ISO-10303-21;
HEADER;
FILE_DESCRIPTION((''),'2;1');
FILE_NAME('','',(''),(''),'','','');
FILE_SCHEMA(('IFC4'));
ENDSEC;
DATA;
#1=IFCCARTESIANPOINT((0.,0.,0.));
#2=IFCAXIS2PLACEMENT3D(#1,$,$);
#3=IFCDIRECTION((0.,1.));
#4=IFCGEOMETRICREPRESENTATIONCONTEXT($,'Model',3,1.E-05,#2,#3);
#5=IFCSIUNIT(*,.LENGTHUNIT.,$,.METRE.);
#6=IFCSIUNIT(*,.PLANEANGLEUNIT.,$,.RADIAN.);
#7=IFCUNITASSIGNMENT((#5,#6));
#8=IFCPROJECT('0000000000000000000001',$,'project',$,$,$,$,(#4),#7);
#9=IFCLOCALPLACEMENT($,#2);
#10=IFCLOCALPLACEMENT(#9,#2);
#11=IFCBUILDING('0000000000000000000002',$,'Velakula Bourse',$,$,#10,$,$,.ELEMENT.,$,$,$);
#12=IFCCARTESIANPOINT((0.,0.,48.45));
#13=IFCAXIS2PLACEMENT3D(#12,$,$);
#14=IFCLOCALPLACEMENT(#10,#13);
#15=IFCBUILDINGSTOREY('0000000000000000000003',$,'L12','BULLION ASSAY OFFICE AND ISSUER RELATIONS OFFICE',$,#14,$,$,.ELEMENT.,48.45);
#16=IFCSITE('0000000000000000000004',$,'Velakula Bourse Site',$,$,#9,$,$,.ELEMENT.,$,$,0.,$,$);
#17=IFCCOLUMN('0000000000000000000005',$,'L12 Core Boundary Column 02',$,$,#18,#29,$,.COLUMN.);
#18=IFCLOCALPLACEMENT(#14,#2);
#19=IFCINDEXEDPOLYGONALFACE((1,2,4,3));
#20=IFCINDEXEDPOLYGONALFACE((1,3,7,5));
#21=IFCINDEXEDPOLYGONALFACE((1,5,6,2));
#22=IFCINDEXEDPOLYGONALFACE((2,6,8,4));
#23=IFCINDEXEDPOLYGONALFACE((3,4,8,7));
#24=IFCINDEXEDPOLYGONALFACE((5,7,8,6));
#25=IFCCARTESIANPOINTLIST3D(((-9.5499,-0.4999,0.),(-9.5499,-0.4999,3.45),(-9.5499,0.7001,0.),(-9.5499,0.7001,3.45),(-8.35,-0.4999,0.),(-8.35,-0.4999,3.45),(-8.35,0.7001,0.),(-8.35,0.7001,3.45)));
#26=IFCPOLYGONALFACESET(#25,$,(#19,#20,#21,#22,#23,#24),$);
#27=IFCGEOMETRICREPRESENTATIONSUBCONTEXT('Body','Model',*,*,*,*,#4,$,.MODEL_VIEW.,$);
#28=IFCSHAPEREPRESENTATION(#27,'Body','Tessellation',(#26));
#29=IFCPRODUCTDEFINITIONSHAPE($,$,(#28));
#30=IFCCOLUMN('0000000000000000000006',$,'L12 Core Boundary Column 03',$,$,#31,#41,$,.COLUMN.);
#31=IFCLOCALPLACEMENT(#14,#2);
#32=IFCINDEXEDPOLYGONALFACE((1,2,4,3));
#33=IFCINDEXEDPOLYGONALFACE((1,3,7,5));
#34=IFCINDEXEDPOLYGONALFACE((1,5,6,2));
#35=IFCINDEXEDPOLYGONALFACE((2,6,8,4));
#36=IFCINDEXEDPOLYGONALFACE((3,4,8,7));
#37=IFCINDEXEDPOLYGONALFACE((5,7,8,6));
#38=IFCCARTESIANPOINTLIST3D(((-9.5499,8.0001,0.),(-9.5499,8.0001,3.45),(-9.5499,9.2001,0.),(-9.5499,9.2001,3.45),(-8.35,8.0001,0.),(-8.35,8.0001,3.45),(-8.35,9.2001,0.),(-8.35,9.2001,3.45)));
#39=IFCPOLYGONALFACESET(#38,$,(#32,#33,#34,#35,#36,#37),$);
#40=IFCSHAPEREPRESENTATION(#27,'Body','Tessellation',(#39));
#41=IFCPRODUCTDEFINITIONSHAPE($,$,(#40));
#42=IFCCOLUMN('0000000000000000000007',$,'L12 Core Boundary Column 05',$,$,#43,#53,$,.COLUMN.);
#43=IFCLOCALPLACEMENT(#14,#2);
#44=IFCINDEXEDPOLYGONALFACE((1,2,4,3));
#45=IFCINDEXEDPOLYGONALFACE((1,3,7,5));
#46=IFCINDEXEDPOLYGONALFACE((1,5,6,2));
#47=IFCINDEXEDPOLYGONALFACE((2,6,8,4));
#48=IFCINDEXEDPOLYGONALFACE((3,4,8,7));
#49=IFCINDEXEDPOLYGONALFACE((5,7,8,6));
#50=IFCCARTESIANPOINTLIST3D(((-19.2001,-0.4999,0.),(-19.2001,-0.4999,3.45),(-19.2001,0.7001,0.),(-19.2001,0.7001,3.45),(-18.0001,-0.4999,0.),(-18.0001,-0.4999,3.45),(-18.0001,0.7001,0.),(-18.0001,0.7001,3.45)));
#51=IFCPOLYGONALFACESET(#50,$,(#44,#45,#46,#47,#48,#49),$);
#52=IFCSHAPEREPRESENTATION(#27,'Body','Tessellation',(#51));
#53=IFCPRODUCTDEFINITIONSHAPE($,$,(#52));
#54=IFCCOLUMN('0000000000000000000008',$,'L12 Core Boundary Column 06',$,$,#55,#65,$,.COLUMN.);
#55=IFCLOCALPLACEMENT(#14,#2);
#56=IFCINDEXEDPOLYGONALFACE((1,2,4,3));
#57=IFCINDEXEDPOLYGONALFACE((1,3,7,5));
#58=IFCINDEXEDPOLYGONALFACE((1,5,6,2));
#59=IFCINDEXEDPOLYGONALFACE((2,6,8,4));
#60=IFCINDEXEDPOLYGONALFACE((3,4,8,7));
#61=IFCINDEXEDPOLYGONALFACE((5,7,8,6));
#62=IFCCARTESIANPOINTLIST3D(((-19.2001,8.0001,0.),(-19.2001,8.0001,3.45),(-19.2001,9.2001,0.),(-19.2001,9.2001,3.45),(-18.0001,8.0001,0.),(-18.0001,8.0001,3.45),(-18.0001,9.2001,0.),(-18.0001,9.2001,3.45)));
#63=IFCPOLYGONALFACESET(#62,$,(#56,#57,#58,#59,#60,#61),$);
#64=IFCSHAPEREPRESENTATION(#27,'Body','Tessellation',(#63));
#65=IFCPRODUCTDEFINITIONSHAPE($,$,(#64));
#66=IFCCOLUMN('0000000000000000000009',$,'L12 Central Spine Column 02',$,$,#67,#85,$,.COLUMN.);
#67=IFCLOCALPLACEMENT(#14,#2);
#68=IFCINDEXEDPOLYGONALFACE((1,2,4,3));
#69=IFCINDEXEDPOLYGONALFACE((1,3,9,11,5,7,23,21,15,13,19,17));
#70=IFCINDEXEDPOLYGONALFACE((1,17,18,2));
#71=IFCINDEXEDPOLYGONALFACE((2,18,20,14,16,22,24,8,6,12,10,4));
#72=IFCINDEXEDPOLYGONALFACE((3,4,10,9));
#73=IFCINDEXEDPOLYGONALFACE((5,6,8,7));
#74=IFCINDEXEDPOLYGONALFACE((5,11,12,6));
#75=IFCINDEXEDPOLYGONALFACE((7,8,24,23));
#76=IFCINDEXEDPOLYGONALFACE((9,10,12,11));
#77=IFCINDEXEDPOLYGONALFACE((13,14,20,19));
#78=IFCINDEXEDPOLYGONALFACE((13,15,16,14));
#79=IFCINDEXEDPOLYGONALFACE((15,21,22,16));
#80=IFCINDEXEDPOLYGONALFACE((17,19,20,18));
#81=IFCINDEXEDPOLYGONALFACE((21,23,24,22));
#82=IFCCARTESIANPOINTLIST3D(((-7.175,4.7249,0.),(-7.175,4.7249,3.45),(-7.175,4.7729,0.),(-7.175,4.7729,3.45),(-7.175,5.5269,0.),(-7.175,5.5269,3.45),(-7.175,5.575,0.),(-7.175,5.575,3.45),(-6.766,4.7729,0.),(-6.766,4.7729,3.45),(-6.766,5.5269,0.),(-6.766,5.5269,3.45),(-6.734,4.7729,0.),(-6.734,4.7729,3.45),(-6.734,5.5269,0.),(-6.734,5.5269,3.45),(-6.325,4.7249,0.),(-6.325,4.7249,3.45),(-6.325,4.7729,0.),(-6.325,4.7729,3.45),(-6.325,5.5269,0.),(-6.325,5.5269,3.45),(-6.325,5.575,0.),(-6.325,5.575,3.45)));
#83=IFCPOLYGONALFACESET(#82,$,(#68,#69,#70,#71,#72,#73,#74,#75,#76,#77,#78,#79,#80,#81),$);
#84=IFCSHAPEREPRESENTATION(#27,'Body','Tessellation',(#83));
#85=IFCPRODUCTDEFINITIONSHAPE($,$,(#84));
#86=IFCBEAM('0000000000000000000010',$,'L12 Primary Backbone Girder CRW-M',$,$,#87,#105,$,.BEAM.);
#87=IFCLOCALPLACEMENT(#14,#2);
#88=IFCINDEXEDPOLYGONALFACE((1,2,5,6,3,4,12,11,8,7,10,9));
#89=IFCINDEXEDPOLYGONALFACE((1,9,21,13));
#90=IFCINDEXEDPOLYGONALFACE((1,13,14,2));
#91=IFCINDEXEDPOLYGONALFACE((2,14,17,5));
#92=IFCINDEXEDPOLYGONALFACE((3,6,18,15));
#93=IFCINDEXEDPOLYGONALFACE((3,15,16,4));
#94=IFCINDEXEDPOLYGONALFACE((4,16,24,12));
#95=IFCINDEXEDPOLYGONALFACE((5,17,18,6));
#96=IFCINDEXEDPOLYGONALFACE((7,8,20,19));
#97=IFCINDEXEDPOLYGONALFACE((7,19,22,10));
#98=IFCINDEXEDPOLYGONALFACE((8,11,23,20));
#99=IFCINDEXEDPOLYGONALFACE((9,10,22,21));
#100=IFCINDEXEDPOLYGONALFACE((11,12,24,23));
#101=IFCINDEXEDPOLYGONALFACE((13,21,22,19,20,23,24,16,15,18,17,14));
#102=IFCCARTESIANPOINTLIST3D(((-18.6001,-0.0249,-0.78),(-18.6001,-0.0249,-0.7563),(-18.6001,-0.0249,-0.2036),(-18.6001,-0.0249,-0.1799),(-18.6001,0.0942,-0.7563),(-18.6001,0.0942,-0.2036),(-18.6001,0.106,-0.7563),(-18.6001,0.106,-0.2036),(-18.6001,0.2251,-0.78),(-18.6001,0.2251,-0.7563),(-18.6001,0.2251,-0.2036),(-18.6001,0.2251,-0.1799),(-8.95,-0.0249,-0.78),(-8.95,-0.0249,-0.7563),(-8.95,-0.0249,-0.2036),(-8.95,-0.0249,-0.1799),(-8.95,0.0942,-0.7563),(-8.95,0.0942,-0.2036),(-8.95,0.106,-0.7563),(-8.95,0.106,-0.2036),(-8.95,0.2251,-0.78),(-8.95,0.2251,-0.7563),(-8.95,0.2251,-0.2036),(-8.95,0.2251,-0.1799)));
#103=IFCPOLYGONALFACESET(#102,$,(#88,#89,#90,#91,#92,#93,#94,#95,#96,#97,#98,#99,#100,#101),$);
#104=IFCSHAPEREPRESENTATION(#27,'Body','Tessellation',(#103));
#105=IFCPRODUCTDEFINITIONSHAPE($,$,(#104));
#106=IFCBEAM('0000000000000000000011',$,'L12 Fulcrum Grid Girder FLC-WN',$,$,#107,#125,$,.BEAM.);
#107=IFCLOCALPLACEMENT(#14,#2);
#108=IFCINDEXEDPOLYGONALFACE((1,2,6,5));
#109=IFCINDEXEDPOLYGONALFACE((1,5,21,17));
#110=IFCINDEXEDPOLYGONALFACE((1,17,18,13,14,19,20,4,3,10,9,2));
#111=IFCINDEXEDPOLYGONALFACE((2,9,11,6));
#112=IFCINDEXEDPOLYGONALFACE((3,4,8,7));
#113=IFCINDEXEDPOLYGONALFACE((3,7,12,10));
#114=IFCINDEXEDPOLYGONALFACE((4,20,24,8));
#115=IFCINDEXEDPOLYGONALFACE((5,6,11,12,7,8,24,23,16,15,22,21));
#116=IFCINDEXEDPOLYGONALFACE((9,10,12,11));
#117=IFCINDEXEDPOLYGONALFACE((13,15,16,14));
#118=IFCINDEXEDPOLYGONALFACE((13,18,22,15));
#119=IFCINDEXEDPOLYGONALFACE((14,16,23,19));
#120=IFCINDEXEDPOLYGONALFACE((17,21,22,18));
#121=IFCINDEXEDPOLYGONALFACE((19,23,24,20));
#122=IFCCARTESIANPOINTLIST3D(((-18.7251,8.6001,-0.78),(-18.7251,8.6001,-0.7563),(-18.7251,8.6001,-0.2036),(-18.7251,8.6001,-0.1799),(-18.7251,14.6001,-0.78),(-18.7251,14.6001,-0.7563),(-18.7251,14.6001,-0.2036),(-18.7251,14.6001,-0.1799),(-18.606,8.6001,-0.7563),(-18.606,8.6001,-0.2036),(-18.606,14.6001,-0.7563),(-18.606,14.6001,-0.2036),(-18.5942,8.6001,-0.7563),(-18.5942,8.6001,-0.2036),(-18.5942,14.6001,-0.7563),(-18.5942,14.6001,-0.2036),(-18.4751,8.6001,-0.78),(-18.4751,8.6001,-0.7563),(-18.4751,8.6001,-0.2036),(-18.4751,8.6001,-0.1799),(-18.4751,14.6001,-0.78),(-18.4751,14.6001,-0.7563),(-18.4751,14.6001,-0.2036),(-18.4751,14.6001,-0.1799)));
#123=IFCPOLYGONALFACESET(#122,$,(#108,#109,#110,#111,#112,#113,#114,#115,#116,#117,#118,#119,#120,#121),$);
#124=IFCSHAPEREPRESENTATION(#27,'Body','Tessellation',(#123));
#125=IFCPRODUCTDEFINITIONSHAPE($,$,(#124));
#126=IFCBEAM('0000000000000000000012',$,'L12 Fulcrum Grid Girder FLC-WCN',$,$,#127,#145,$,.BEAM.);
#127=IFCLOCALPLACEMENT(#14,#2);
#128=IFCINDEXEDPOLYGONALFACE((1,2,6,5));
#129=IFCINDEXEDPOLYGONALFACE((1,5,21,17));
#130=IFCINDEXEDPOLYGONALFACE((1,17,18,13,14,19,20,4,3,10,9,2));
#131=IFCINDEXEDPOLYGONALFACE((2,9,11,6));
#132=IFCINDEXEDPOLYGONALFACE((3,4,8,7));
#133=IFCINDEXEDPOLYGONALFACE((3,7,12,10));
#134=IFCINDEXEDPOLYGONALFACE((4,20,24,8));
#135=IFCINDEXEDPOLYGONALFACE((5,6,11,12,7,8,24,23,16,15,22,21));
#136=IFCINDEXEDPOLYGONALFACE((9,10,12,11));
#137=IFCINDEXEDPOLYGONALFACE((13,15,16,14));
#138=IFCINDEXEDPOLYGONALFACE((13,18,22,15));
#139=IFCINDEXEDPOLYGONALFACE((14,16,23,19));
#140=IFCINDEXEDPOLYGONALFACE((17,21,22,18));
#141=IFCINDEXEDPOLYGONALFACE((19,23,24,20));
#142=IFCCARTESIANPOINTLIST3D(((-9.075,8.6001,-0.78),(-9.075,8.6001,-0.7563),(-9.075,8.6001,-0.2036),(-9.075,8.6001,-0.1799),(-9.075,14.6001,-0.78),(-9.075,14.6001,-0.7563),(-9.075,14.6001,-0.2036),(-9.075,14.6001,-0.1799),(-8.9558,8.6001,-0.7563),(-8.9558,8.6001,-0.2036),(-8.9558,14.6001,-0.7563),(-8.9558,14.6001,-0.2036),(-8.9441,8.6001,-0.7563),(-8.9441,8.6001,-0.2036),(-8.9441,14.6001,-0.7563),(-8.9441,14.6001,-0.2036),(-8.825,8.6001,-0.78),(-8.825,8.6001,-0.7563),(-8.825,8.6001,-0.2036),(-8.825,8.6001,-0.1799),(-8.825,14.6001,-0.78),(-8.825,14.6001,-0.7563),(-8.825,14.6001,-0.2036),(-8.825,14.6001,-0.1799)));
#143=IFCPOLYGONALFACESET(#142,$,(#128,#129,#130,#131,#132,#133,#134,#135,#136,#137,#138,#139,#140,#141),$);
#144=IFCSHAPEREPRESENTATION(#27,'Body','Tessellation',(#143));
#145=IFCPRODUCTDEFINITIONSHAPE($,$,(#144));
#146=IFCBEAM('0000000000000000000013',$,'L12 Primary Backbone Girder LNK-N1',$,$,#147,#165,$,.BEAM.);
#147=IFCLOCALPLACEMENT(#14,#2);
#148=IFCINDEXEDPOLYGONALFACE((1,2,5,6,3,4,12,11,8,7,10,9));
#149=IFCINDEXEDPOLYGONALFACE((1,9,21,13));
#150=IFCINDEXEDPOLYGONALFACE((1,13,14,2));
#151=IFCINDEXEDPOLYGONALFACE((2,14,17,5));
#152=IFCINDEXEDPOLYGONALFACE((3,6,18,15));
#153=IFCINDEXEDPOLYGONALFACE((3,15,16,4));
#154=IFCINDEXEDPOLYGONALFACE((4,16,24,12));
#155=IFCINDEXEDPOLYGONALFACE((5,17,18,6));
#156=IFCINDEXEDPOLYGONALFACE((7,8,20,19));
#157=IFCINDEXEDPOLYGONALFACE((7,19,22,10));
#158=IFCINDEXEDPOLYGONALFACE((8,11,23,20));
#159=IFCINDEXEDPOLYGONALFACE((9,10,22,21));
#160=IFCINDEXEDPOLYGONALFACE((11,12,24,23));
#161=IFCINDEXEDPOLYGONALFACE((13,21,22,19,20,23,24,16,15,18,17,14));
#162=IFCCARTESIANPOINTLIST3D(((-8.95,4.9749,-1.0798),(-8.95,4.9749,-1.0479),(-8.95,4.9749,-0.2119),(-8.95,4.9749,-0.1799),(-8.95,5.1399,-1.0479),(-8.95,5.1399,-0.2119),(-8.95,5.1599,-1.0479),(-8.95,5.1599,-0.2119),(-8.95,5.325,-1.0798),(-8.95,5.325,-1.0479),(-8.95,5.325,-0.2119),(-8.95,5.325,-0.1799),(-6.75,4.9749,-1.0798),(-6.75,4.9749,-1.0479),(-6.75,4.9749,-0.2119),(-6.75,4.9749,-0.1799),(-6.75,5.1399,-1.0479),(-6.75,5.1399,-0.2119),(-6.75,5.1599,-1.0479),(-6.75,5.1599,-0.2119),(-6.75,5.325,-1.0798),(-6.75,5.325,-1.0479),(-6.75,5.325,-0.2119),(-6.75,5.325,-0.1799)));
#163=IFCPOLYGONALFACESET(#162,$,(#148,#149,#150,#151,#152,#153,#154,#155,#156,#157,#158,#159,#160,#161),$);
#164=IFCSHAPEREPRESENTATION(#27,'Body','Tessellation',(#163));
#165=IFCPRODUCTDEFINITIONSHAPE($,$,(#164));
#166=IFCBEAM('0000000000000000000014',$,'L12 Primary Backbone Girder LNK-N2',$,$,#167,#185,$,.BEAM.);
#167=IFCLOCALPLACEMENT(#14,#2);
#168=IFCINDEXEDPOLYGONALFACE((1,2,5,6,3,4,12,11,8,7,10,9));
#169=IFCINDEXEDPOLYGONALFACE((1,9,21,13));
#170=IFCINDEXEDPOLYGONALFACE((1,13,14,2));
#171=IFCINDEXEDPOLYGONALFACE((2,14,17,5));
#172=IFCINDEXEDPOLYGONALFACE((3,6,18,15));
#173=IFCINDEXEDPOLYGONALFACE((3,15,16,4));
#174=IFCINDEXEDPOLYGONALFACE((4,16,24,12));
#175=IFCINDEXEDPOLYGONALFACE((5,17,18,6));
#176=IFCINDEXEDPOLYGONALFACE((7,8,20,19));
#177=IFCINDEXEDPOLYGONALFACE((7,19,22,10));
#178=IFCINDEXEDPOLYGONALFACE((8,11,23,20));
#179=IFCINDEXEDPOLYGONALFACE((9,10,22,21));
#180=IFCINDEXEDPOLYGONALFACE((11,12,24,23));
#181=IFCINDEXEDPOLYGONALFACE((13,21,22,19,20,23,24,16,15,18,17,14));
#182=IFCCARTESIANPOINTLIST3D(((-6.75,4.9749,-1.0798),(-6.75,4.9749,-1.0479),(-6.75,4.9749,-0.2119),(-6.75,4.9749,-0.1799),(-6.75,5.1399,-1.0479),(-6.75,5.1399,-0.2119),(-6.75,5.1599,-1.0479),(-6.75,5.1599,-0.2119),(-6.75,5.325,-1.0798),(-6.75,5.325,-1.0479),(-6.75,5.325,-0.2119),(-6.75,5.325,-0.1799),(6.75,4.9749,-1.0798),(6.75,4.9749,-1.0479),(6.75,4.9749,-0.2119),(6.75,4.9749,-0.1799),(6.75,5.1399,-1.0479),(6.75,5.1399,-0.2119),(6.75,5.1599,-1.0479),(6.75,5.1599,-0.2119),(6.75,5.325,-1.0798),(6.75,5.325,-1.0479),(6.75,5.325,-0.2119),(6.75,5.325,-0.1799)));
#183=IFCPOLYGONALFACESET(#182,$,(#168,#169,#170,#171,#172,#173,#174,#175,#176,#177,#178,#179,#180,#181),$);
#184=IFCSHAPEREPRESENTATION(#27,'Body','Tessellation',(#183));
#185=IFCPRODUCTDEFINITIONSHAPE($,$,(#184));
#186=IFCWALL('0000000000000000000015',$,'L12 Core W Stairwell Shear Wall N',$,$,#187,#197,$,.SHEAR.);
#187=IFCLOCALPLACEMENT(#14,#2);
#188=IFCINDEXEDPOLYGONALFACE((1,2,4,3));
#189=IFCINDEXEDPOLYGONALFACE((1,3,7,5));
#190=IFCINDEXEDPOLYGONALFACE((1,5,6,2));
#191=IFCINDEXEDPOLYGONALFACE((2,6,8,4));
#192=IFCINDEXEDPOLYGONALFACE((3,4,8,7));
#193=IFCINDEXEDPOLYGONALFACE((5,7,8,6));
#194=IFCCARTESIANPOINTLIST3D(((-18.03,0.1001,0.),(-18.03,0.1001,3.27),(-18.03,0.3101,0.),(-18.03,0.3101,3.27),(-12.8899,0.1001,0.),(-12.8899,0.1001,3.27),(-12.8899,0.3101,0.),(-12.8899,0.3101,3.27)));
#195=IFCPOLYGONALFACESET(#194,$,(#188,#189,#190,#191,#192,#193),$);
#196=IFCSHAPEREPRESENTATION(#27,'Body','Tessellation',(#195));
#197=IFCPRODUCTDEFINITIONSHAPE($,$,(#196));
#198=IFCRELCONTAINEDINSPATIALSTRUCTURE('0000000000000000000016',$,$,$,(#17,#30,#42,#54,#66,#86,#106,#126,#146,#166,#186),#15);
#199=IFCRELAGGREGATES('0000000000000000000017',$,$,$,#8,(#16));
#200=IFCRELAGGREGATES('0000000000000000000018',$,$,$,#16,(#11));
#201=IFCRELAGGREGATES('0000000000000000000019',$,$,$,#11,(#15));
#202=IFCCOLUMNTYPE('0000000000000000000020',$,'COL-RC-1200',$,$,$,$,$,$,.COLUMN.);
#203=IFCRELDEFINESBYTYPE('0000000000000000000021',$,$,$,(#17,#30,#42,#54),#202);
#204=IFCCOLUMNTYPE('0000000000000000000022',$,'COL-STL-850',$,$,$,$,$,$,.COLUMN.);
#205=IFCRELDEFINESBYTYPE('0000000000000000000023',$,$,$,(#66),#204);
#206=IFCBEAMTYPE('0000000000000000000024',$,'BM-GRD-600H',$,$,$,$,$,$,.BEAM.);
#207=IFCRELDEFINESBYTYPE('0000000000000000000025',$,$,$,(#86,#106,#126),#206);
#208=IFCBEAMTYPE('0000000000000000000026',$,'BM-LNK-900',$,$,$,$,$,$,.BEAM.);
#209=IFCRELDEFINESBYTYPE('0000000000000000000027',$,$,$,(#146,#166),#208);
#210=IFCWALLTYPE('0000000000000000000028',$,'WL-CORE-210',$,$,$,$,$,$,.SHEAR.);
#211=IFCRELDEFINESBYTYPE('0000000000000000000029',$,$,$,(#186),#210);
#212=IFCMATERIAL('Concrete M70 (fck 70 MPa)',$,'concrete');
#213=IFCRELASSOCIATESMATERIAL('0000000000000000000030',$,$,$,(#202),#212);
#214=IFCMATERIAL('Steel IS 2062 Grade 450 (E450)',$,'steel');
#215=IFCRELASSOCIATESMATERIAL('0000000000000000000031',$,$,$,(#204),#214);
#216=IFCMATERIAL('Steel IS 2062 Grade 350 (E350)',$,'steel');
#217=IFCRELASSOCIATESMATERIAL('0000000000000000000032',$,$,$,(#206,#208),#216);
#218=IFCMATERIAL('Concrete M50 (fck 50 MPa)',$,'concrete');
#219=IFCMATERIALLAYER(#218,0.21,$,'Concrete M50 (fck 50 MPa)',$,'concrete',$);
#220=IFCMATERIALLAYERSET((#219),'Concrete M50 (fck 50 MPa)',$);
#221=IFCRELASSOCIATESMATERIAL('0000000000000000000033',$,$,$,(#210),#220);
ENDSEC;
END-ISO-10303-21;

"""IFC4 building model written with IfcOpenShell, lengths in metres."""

from ifc_helpers import new_model, si_unit, direction, frame, frame_2d, origin, origin_2d, place, context, subcontext, project, spatial, rectangle, i_section, extrude, material, layer, layer_set, material_profile, profile_set, type_object, element, save


model = new_model("IFC4")

# Units and contexts
model_context = context("Model", 3, precision=1e-05, world=origin(), true_north=direction((0.0, 1.0)))
body_context = subcontext(model_context, "Body", "Model", "MODEL_VIEW")
ifc_project = project(units=[si_unit("LENGTHUNIT", "METRE"), si_unit("PLANEANGLEUNIT", "RADIAN")], contexts=[model_context])

# Site, building, storey
site_placement = place(None, origin())
site = spatial("IfcSite", under=ifc_project, at=site_placement, Name="Velakula Bourse Site", CompositionType="ELEMENT", RefElevation=0.0)
building_placement = place(site_placement, origin())
building = spatial("IfcBuilding", under=site, at=building_placement, Name="Velakula Bourse", CompositionType="ELEMENT")
storey_placement = place(building_placement, frame((0.0, 0.0, 48.45)))
storey = spatial("IfcBuildingStorey", under=building, at=storey_placement, Name="L12", Description="BULLION ASSAY OFFICE AND ISSUER RELATIONS OFFICE", CompositionType="ELEMENT", Elevation=48.45)

# Columns
ifc_material_1 = material(Name="Concrete M70 (fck 70 MPa)", Category="concrete")
ifc_material_profile_1 = material_profile(ifc_material_1, rectangle(XDim=1.2, YDim=1.2, at=origin_2d()), Name="Concrete M70 (fck 70 MPa)")
ifc_profile_set_1 = profile_set([ifc_material_profile_1], Name="Concrete M70 (fck 70 MPa)")
column_type_1 = type_object("IfcColumnType", Name="COL-RC-1200", PredefinedType="COLUMN", material=ifc_profile_set_1)
for number, where, z_axis, x_axis, name in (
    (1, (-8.95, 0.1001, 0.0), (0.0, 0.0, 1.0), (1.0, 0.0, 0.0), "L12 Core Boundary Column 02"),
    (2, (-8.95, 8.6001, 0.0), (0.0, 0.0, 1.0), (1.0, 0.0, 0.0), "L12 Core Boundary Column 03"),
    (3, (-18.6001, 0.1001, 0.0), (0.0, 0.0, 1.0), (1.0, 0.0, 0.0), "L12 Core Boundary Column 05"),
    (4, (-18.6001, 8.6001, 0.0), (0.0, 0.0, 1.0), (1.0, 0.0, 0.0), "L12 Core Boundary Column 06"),
):
    element("IfcColumn", number, at=place(storey_placement, frame(where, z_axis=z_axis, x_axis=x_axis)), inside=storey, type_object=column_type_1, Name=name, PredefinedType="COLUMN", context=body_context, shape_type="SweptSolid", body=[
        extrude(rectangle(XDim=1.2, YDim=1.2, at=origin_2d()), origin(), (0.0, 0.0, 1.0), 3.45),
    ])
ifc_material_2 = material(Name="Steel IS 2062 Grade 450 (E450)", Category="steel")
ifc_material_profile_2 = material_profile(ifc_material_2, i_section(OverallWidth=0.8501, OverallDepth=0.8501, WebThickness=0.032, FlangeThickness=0.0481, at=origin_2d()), Name="Steel IS 2062 Grade 450 (E450)")
ifc_profile_set_2 = profile_set([ifc_material_profile_2], Name="Steel IS 2062 Grade 450 (E450)")
column_type_2 = type_object("IfcColumnType", Name="COL-STL-850", PredefinedType="COLUMN", material=ifc_profile_set_2)
column_placement = place(storey_placement, frame((-6.75, 5.1499, 0.0), z_axis=(0.0, 0.0, 1.0), x_axis=(1.0, 0.0, 0.0)))
element("IfcColumn", 5, at=column_placement, inside=storey, type_object=column_type_2, Name="L12 Central Spine Column 02", PredefinedType="COLUMN", context=body_context, shape_type="SweptSolid", body=[
    extrude(i_section(OverallWidth=0.8501, OverallDepth=0.8501, WebThickness=0.032, FlangeThickness=0.0481, at=origin_2d()), origin(), (0.0, 0.0, 1.0), 3.45),
])

# Beams
ifc_material_3 = material(Name="Steel IS 2062 Grade 350 (E350)", Category="steel")
ifc_material_profile_3 = material_profile(ifc_material_3, i_section(OverallWidth=0.25, OverallDepth=0.6001, WebThickness=0.0117, FlangeThickness=0.0237, at=origin_2d()), Name="Steel IS 2062 Grade 350 (E350)")
ifc_profile_set_3 = profile_set([ifc_material_profile_3], Name="Steel IS 2062 Grade 350 (E350)")
beam_type_1 = type_object("IfcBeamType", Name="BM-GRD-600H", PredefinedType="BEAM", material=ifc_profile_set_3)
beam_1_placement = place(storey_placement, frame((-18.6001, 0.1001, -0.48), z_axis=(1.0, 0.0, 0.0), x_axis=(0.0, 1.0, 0.0)))
element("IfcBeam", 6, at=beam_1_placement, inside=storey, type_object=beam_type_1, Name="L12 Primary Backbone Girder CRW-M", PredefinedType="BEAM", context=body_context, shape_type="SweptSolid", body=[
    extrude(i_section(OverallWidth=0.25, OverallDepth=0.6001, WebThickness=0.0117, FlangeThickness=0.0237, at=origin_2d()), origin(), (0.0, 0.0, 1.0), 9.6501),
])
for number, where, z_axis, x_axis, name in (
    (7, (-18.6001, 8.6001, -0.48), (0.0, 1.0, 0.0), (-1.0, 0.0, 0.0), "L12 Fulcrum Grid Girder FLC-WN"),
    (8, (-8.95, 8.6001, -0.48), (0.0, 1.0, 0.0), (-1.0, 0.0, 0.0), "L12 Fulcrum Grid Girder FLC-WCN"),
):
    element("IfcBeam", number, at=place(storey_placement, frame(where, z_axis=z_axis, x_axis=x_axis)), inside=storey, type_object=beam_type_1, Name=name, PredefinedType="BEAM", context=body_context, shape_type="SweptSolid", body=[
        extrude(i_section(OverallWidth=0.25, OverallDepth=0.6001, WebThickness=0.0117, FlangeThickness=0.0237, at=origin_2d()), origin(), (0.0, 0.0, 1.0), 6.0),
    ])
ifc_material_profile_4 = material_profile(ifc_material_3, i_section(OverallWidth=0.3501, OverallDepth=0.8999, WebThickness=0.02, FlangeThickness=0.032, at=origin_2d()), Name="Steel IS 2062 Grade 350 (E350)")
ifc_profile_set_4 = profile_set([ifc_material_profile_4], Name="Steel IS 2062 Grade 350 (E350)")
beam_type_2 = type_object("IfcBeamType", Name="BM-LNK-900", PredefinedType="BEAM", material=ifc_profile_set_4)
beam_2_placement = place(storey_placement, frame((-8.95, 5.1499, -0.6299), z_axis=(1.0, 0.0, 0.0), x_axis=(0.0, 1.0, 0.0)))
element("IfcBeam", 9, at=beam_2_placement, inside=storey, type_object=beam_type_2, Name="L12 Primary Backbone Girder LNK-N1", PredefinedType="BEAM", context=body_context, shape_type="SweptSolid", body=[
    extrude(i_section(OverallWidth=0.3501, OverallDepth=0.8999, WebThickness=0.02, FlangeThickness=0.032, at=origin_2d()), origin(), (0.0, 0.0, 1.0), 2.2),
])
beam_3_placement = place(storey_placement, frame((-6.75, 5.1499, -0.6299), z_axis=(1.0, 0.0, 0.0), x_axis=(0.0, 1.0, 0.0)))
element("IfcBeam", 10, at=beam_3_placement, inside=storey, type_object=beam_type_2, Name="L12 Primary Backbone Girder LNK-N2", PredefinedType="BEAM", context=body_context, shape_type="SweptSolid", body=[
    extrude(i_section(OverallWidth=0.3501, OverallDepth=0.8999, WebThickness=0.02, FlangeThickness=0.032, at=origin_2d()), origin(), (0.0, 0.0, 1.0), 13.5),
])

# Wall
ifc_material_4 = material(Name="Concrete M50 (fck 50 MPa)", Category="concrete")
ifc_layer_1 = layer(ifc_material_4, 0.21, Name="Concrete M50 (fck 50 MPa)", Category="concrete")
ifc_layer_set_1 = layer_set([ifc_layer_1], Name="Concrete M50 (fck 50 MPa)")
wall_type_1 = type_object("IfcWallType", Name="WL-CORE-210", PredefinedType="SHEAR", material=ifc_layer_set_1)
wall_1_placement = place(storey_placement, frame((-12.8899, 0.2051, 0.0), z_axis=(0.0, 0.0, 1.0), x_axis=(-1.0, 0.0, 0.0)))
element("IfcWall", 11, at=wall_1_placement, inside=storey, type_object=wall_type_1, Name="L12 Core W Stairwell Shear Wall N", PredefinedType="SHEAR", context=body_context, shape_type="SweptSolid", body=[
    extrude(rectangle(XDim=5.1401, YDim=0.21, at=frame_2d((2.5701, 0.0))), origin(), (0.0, 0.0, 1.0), 3.27),
])

save(model, "model.ifc")
